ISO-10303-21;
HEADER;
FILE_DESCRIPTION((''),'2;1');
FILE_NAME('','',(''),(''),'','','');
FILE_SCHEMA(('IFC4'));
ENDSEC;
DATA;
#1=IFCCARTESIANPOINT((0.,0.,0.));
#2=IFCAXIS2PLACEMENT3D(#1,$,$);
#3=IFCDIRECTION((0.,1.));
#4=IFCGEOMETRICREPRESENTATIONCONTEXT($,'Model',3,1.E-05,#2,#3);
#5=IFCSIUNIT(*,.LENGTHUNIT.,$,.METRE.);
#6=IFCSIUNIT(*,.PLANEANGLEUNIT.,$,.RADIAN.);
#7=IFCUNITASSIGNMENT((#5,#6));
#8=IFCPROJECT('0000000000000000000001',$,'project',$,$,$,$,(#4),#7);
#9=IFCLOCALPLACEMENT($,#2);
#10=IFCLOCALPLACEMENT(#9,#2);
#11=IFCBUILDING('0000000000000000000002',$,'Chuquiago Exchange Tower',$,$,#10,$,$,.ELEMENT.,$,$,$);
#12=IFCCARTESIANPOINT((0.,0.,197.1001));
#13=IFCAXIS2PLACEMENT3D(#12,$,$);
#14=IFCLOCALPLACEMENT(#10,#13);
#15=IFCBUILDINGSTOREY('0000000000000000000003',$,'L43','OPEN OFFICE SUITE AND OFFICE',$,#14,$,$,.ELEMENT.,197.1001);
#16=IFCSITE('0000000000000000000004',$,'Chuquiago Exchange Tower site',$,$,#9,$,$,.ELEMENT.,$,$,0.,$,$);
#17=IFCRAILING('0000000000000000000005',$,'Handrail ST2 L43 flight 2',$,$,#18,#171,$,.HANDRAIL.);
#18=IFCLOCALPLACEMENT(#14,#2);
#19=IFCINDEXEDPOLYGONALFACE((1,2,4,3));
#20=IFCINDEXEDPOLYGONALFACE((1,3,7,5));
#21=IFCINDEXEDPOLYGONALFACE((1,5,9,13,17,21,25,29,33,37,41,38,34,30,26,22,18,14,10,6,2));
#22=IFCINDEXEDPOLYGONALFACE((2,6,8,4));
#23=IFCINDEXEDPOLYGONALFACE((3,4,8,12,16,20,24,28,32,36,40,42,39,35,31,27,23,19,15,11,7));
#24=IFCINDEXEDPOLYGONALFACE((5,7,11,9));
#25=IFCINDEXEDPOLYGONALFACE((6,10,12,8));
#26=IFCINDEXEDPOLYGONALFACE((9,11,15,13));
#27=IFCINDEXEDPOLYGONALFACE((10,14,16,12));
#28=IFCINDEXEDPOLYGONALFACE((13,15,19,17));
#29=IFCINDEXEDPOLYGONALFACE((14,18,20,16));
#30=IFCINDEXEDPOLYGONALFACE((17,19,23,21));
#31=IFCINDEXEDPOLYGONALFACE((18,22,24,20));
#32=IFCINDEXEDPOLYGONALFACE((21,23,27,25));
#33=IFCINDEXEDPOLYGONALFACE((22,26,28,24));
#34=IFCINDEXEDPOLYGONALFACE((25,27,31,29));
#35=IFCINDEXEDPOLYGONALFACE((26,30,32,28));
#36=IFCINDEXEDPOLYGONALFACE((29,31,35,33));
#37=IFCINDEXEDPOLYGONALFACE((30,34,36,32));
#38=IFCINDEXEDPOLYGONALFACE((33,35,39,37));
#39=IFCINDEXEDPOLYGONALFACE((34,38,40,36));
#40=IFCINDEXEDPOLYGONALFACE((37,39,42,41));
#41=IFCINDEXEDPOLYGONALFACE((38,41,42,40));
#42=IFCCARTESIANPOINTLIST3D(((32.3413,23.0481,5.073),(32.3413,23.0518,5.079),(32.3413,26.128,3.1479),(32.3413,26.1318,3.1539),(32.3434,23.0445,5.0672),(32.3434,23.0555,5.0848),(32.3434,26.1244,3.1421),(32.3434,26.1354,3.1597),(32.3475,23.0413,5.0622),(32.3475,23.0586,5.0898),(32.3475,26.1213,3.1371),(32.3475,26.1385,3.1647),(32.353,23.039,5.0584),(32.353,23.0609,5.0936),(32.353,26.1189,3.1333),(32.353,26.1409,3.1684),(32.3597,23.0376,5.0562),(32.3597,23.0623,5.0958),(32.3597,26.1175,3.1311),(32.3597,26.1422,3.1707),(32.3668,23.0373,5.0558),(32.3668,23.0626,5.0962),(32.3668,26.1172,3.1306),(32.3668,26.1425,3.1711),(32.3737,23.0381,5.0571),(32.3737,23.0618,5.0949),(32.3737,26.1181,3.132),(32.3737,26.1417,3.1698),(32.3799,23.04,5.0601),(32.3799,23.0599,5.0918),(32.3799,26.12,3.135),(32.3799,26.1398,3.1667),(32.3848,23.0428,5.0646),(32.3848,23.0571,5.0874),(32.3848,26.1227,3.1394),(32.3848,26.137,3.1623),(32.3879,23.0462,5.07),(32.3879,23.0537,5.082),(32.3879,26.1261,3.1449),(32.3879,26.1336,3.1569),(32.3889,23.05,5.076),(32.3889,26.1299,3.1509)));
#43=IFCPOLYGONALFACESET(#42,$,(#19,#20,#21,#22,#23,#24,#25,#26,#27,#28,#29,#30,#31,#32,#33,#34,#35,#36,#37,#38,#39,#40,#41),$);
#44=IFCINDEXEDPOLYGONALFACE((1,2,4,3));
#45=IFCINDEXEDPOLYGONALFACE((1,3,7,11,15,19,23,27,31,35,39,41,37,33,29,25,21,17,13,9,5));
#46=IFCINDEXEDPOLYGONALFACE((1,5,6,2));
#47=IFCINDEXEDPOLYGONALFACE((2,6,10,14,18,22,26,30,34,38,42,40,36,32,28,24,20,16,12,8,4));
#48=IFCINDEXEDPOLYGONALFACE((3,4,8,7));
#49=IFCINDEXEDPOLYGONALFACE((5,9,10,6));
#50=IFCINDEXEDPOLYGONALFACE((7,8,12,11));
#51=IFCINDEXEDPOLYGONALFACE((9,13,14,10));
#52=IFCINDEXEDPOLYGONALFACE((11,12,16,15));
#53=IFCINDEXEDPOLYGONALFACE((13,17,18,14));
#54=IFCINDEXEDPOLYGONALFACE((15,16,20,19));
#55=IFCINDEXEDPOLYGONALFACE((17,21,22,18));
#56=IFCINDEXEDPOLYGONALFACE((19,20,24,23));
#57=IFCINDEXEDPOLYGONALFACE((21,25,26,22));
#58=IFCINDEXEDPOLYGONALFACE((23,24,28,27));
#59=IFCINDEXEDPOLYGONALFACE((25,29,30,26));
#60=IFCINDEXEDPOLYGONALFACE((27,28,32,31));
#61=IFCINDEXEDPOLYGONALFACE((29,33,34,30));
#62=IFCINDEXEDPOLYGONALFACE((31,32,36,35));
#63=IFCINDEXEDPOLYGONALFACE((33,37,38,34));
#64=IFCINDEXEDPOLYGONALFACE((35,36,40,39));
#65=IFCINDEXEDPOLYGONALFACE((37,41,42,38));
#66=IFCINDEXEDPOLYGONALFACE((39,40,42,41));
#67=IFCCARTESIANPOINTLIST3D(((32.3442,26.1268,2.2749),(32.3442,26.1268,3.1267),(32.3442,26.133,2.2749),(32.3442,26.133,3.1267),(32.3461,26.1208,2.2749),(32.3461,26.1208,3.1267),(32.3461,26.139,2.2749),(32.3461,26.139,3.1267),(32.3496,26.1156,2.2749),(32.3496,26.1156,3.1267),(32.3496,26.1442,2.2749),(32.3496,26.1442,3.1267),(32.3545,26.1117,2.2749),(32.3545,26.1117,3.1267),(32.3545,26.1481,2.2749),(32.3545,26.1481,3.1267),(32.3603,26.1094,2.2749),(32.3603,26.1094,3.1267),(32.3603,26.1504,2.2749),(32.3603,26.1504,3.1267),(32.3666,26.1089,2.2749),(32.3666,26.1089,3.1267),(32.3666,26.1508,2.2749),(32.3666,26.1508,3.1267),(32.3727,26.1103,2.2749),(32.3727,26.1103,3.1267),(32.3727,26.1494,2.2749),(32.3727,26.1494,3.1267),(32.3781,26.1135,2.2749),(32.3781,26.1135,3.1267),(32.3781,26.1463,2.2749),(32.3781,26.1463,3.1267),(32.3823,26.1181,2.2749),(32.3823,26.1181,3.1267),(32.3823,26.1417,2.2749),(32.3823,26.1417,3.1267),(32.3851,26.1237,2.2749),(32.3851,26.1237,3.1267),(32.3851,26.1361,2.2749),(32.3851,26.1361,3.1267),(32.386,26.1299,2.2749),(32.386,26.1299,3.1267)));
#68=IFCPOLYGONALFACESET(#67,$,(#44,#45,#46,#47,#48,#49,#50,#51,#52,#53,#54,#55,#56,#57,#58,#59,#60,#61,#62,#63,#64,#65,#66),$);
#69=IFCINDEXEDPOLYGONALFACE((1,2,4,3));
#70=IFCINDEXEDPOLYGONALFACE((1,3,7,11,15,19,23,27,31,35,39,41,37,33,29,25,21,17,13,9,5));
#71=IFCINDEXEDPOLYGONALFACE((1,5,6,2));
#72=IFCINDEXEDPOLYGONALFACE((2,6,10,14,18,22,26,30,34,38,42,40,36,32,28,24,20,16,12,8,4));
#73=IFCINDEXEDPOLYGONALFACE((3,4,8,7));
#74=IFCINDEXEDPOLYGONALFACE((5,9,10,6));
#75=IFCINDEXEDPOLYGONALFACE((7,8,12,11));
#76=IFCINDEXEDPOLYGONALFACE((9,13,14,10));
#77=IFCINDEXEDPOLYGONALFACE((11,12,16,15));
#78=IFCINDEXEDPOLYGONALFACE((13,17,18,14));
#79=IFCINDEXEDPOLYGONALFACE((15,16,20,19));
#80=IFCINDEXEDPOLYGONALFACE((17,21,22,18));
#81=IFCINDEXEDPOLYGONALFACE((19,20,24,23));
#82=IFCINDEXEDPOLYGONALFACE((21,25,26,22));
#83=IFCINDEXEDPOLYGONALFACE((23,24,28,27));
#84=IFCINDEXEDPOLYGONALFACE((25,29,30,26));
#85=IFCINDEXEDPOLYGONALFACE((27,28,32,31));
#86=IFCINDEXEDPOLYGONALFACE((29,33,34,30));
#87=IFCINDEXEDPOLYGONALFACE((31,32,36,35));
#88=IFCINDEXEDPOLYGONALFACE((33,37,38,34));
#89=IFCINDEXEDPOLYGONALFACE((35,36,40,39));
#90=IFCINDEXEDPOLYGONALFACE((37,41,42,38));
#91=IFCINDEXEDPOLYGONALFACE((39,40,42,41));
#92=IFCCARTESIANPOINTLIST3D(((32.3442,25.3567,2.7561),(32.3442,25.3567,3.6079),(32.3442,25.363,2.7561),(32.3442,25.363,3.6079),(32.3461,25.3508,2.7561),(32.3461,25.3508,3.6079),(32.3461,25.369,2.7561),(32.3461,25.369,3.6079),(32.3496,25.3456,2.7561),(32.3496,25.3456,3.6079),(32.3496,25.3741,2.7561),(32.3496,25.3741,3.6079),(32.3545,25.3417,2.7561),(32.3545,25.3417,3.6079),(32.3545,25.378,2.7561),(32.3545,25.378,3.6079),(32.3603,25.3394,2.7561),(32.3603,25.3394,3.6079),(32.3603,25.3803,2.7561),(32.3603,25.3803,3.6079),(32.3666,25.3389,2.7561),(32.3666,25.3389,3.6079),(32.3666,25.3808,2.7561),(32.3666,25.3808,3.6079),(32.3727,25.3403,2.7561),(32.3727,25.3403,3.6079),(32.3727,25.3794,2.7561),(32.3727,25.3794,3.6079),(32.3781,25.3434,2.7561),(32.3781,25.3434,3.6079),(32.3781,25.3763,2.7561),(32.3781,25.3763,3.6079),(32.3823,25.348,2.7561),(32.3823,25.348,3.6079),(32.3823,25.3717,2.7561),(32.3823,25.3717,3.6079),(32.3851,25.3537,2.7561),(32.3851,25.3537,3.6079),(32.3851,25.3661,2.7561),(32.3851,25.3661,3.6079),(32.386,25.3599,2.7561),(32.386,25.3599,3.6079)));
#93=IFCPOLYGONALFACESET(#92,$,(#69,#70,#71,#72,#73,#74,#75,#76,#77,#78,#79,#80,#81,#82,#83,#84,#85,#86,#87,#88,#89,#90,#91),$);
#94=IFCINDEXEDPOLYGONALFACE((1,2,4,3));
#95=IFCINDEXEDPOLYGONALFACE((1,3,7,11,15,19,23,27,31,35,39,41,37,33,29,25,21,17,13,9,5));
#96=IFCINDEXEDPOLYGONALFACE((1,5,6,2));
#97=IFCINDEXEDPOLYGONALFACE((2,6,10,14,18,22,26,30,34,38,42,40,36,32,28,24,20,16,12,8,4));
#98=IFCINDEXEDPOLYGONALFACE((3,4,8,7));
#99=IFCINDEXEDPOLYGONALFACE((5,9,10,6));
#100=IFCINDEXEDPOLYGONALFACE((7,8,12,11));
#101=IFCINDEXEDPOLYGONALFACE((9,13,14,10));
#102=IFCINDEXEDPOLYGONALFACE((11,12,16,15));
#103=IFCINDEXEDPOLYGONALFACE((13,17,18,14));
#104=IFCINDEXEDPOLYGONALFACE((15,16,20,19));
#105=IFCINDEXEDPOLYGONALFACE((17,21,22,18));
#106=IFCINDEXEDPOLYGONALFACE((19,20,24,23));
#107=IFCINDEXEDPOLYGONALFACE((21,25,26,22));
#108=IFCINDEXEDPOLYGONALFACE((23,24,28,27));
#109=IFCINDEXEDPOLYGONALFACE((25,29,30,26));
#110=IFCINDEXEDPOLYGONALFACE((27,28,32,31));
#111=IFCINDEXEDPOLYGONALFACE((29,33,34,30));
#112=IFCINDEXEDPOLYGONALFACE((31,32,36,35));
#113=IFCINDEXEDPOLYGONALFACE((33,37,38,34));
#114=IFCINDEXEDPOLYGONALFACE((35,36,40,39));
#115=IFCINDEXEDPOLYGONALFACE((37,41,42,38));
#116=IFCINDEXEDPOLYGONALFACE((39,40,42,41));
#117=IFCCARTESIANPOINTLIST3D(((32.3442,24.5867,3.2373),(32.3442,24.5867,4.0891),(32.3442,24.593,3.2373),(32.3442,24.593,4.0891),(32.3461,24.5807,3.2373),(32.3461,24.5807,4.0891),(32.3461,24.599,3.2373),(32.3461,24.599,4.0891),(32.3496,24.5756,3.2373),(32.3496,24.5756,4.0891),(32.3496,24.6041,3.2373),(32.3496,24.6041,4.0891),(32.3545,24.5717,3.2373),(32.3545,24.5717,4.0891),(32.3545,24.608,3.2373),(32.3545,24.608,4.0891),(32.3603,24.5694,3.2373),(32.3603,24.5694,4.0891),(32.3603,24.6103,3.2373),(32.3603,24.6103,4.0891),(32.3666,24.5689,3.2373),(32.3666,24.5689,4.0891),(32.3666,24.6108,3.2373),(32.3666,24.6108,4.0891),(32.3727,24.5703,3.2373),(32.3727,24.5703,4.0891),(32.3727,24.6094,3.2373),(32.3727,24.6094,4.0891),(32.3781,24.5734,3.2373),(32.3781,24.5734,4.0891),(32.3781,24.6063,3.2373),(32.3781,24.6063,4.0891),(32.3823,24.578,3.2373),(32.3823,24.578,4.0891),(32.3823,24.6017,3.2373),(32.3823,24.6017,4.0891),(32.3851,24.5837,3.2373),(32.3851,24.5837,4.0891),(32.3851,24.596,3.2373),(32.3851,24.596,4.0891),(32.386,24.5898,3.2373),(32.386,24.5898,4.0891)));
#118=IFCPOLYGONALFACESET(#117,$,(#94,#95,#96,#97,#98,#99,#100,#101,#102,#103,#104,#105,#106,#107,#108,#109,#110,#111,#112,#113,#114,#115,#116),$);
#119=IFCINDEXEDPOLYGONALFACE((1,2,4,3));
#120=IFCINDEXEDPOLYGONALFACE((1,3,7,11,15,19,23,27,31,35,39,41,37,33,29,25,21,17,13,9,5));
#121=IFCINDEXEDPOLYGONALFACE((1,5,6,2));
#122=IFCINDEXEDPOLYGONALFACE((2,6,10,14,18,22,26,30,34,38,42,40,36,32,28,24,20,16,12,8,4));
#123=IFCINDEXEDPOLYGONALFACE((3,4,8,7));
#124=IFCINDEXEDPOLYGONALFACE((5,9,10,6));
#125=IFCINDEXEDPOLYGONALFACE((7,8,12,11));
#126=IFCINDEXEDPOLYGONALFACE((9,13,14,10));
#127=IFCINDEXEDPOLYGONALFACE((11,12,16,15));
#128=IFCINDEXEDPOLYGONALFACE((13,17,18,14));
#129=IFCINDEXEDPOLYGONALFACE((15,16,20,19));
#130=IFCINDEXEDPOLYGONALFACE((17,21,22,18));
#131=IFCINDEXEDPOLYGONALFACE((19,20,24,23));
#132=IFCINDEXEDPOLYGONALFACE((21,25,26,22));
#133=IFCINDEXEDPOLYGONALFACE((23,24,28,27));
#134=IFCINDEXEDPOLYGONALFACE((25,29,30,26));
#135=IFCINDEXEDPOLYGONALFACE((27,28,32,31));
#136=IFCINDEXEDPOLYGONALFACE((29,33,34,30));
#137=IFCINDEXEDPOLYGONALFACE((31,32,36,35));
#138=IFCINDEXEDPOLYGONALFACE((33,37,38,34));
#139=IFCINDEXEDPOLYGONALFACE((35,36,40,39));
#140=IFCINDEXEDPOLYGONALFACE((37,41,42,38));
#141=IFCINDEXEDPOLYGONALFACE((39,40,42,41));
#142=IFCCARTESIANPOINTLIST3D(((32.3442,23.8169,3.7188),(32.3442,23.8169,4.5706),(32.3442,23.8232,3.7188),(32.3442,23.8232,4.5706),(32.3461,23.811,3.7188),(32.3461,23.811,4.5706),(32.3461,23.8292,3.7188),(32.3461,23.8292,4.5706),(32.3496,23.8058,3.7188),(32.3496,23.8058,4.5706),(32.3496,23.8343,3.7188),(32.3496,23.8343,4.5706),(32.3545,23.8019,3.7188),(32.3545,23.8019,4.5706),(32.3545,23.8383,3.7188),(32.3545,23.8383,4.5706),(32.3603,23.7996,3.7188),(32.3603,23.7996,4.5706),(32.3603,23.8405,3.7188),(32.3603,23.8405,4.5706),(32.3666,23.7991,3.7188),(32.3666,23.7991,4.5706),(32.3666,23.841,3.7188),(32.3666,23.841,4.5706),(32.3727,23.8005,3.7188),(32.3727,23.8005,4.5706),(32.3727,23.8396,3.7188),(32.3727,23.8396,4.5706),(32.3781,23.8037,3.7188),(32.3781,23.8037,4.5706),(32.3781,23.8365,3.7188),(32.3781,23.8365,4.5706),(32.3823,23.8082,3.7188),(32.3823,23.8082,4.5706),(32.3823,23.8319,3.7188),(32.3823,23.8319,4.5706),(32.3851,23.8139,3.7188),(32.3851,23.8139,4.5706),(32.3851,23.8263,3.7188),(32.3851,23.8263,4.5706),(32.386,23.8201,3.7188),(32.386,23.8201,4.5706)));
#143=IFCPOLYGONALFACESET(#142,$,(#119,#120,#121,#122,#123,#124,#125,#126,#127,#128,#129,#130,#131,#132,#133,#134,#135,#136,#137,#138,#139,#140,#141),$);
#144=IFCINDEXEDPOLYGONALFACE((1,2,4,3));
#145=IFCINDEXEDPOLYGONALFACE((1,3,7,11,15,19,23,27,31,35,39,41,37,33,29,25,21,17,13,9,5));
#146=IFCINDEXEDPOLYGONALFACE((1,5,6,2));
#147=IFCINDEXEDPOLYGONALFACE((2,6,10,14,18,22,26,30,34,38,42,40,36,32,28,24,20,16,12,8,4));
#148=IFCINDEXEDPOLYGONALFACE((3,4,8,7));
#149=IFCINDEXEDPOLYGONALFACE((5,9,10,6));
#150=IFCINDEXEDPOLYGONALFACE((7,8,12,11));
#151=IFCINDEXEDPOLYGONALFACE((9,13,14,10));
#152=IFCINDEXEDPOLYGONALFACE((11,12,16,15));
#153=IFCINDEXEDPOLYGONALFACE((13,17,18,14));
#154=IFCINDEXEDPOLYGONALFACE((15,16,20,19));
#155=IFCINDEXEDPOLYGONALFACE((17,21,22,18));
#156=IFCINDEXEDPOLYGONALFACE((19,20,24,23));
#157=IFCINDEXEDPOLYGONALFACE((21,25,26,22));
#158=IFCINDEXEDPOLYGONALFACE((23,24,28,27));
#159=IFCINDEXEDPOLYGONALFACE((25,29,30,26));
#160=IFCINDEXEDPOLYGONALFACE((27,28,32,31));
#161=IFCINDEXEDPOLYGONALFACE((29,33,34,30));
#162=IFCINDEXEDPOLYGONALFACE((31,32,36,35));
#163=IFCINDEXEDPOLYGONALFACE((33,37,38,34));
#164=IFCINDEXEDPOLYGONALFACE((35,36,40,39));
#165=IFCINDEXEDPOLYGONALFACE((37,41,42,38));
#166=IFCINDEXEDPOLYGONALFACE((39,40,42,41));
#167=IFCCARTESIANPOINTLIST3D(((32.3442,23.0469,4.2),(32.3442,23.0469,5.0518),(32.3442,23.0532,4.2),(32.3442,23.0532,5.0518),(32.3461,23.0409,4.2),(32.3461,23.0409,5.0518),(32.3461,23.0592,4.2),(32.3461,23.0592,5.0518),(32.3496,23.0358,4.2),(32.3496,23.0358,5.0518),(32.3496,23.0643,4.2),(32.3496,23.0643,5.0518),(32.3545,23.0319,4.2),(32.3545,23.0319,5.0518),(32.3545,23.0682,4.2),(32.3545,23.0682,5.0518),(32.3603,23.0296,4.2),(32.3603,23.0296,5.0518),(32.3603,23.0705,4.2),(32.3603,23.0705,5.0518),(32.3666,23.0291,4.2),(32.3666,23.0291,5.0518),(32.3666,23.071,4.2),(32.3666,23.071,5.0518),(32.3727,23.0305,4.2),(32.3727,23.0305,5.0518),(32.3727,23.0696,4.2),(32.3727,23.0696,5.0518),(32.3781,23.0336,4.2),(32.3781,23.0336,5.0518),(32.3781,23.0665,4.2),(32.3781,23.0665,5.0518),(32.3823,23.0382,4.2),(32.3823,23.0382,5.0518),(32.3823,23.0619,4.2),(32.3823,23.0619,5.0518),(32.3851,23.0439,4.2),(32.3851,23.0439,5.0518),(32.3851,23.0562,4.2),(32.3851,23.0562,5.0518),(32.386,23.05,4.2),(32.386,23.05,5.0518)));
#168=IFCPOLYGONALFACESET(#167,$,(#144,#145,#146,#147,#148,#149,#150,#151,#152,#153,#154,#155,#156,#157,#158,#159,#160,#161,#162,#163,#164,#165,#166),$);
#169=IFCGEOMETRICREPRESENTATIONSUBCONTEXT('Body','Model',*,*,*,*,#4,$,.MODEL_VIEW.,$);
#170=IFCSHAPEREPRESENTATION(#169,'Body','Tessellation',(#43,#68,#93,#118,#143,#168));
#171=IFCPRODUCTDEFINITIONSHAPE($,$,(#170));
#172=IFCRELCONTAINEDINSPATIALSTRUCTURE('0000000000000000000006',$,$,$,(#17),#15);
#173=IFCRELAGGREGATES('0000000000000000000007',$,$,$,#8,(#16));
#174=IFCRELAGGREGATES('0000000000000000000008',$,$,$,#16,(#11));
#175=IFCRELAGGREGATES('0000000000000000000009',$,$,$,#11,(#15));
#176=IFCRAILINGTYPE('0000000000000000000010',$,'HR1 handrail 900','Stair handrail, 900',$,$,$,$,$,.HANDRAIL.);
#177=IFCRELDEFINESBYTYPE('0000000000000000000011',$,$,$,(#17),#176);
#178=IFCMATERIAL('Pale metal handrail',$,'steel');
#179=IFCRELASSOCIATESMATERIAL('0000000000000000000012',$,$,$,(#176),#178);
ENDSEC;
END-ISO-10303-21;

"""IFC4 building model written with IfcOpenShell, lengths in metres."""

from ifc_helpers import new_model, si_unit, direction, frame, origin, origin_2d, place, context, subcontext, project, spatial, circle, extrude, material, type_object, element, save


model = new_model("IFC4")

# Units and contexts
model_context = context("Model", 3, precision=1e-05, world=origin(), true_north=direction((0.0, 1.0)))
body_context = subcontext(model_context, "Body", "Model", "MODEL_VIEW")
ifc_project = project(units=[si_unit("LENGTHUNIT", "METRE"), si_unit("PLANEANGLEUNIT", "RADIAN")], contexts=[model_context])

# Site, building, storey
site_placement = place(None, origin())
site = spatial("IfcSite", under=ifc_project, at=site_placement, Name="Chuquiago Exchange Tower site", CompositionType="ELEMENT", RefElevation=0.0)
building_placement = place(site_placement, origin())
building = spatial("IfcBuilding", under=site, at=building_placement, Name="Chuquiago Exchange Tower", CompositionType="ELEMENT")
storey_placement = place(building_placement, frame((0.0, 0.0, 197.1001)))
storey = spatial("IfcBuildingStorey", under=building, at=storey_placement, Name="L43", Description="OPEN OFFICE SUITE AND OFFICE", CompositionType="ELEMENT", Elevation=197.1001)

# Railing
ifc_material_1 = material(Name="Pale metal handrail", Category="steel")
railing_type_1 = type_object("IfcRailingType", Name="HR1 handrail 900", Description="Stair handrail, 900", PredefinedType="HANDRAIL", material=ifc_material_1)
for number, where, name in (
    (1, (32.365, 26.1299, 2.2749), "Handrail ST2 L43 flight 2"),
):
    element("IfcRailing", number, at=place(storey_placement, frame(where)), inside=storey, type_object=railing_type_1, Name=name, PredefinedType="HANDRAIL", context=body_context, shape_type="SweptSolid", body=[
        extrude(circle(Radius=0.0239, at=origin_2d()), frame((0.0, 0.0, 0.876), z_axis=(0.0, -0.847979, 0.530029), x_axis=(1.0, 0.0, 0.0)), (0.0, 0.0, 1.0), 3.6321),
        extrude(circle(Radius=0.021, at=origin_2d()), origin(), (0.0, 0.0, 1.0), 0.8518),
        extrude(circle(Radius=0.021, at=origin_2d()), frame((0.0, -0.77, 0.4812)), (0.0, 0.0, 1.0), 0.8518),
        extrude(circle(Radius=0.021, at=origin_2d()), frame((0.0, -1.54, 0.9624)), (0.0, 0.0, 1.0), 0.8518),
        extrude(circle(Radius=0.021, at=origin_2d()), frame((0.0, -2.3098, 1.4438)), (0.0, 0.0, 1.0), 0.8518),
        extrude(circle(Radius=0.021, at=origin_2d()), frame((0.0, -3.0798, 1.925)), (0.0, 0.0, 1.0), 0.8518),
    ])

save(model, "model.ifc")
